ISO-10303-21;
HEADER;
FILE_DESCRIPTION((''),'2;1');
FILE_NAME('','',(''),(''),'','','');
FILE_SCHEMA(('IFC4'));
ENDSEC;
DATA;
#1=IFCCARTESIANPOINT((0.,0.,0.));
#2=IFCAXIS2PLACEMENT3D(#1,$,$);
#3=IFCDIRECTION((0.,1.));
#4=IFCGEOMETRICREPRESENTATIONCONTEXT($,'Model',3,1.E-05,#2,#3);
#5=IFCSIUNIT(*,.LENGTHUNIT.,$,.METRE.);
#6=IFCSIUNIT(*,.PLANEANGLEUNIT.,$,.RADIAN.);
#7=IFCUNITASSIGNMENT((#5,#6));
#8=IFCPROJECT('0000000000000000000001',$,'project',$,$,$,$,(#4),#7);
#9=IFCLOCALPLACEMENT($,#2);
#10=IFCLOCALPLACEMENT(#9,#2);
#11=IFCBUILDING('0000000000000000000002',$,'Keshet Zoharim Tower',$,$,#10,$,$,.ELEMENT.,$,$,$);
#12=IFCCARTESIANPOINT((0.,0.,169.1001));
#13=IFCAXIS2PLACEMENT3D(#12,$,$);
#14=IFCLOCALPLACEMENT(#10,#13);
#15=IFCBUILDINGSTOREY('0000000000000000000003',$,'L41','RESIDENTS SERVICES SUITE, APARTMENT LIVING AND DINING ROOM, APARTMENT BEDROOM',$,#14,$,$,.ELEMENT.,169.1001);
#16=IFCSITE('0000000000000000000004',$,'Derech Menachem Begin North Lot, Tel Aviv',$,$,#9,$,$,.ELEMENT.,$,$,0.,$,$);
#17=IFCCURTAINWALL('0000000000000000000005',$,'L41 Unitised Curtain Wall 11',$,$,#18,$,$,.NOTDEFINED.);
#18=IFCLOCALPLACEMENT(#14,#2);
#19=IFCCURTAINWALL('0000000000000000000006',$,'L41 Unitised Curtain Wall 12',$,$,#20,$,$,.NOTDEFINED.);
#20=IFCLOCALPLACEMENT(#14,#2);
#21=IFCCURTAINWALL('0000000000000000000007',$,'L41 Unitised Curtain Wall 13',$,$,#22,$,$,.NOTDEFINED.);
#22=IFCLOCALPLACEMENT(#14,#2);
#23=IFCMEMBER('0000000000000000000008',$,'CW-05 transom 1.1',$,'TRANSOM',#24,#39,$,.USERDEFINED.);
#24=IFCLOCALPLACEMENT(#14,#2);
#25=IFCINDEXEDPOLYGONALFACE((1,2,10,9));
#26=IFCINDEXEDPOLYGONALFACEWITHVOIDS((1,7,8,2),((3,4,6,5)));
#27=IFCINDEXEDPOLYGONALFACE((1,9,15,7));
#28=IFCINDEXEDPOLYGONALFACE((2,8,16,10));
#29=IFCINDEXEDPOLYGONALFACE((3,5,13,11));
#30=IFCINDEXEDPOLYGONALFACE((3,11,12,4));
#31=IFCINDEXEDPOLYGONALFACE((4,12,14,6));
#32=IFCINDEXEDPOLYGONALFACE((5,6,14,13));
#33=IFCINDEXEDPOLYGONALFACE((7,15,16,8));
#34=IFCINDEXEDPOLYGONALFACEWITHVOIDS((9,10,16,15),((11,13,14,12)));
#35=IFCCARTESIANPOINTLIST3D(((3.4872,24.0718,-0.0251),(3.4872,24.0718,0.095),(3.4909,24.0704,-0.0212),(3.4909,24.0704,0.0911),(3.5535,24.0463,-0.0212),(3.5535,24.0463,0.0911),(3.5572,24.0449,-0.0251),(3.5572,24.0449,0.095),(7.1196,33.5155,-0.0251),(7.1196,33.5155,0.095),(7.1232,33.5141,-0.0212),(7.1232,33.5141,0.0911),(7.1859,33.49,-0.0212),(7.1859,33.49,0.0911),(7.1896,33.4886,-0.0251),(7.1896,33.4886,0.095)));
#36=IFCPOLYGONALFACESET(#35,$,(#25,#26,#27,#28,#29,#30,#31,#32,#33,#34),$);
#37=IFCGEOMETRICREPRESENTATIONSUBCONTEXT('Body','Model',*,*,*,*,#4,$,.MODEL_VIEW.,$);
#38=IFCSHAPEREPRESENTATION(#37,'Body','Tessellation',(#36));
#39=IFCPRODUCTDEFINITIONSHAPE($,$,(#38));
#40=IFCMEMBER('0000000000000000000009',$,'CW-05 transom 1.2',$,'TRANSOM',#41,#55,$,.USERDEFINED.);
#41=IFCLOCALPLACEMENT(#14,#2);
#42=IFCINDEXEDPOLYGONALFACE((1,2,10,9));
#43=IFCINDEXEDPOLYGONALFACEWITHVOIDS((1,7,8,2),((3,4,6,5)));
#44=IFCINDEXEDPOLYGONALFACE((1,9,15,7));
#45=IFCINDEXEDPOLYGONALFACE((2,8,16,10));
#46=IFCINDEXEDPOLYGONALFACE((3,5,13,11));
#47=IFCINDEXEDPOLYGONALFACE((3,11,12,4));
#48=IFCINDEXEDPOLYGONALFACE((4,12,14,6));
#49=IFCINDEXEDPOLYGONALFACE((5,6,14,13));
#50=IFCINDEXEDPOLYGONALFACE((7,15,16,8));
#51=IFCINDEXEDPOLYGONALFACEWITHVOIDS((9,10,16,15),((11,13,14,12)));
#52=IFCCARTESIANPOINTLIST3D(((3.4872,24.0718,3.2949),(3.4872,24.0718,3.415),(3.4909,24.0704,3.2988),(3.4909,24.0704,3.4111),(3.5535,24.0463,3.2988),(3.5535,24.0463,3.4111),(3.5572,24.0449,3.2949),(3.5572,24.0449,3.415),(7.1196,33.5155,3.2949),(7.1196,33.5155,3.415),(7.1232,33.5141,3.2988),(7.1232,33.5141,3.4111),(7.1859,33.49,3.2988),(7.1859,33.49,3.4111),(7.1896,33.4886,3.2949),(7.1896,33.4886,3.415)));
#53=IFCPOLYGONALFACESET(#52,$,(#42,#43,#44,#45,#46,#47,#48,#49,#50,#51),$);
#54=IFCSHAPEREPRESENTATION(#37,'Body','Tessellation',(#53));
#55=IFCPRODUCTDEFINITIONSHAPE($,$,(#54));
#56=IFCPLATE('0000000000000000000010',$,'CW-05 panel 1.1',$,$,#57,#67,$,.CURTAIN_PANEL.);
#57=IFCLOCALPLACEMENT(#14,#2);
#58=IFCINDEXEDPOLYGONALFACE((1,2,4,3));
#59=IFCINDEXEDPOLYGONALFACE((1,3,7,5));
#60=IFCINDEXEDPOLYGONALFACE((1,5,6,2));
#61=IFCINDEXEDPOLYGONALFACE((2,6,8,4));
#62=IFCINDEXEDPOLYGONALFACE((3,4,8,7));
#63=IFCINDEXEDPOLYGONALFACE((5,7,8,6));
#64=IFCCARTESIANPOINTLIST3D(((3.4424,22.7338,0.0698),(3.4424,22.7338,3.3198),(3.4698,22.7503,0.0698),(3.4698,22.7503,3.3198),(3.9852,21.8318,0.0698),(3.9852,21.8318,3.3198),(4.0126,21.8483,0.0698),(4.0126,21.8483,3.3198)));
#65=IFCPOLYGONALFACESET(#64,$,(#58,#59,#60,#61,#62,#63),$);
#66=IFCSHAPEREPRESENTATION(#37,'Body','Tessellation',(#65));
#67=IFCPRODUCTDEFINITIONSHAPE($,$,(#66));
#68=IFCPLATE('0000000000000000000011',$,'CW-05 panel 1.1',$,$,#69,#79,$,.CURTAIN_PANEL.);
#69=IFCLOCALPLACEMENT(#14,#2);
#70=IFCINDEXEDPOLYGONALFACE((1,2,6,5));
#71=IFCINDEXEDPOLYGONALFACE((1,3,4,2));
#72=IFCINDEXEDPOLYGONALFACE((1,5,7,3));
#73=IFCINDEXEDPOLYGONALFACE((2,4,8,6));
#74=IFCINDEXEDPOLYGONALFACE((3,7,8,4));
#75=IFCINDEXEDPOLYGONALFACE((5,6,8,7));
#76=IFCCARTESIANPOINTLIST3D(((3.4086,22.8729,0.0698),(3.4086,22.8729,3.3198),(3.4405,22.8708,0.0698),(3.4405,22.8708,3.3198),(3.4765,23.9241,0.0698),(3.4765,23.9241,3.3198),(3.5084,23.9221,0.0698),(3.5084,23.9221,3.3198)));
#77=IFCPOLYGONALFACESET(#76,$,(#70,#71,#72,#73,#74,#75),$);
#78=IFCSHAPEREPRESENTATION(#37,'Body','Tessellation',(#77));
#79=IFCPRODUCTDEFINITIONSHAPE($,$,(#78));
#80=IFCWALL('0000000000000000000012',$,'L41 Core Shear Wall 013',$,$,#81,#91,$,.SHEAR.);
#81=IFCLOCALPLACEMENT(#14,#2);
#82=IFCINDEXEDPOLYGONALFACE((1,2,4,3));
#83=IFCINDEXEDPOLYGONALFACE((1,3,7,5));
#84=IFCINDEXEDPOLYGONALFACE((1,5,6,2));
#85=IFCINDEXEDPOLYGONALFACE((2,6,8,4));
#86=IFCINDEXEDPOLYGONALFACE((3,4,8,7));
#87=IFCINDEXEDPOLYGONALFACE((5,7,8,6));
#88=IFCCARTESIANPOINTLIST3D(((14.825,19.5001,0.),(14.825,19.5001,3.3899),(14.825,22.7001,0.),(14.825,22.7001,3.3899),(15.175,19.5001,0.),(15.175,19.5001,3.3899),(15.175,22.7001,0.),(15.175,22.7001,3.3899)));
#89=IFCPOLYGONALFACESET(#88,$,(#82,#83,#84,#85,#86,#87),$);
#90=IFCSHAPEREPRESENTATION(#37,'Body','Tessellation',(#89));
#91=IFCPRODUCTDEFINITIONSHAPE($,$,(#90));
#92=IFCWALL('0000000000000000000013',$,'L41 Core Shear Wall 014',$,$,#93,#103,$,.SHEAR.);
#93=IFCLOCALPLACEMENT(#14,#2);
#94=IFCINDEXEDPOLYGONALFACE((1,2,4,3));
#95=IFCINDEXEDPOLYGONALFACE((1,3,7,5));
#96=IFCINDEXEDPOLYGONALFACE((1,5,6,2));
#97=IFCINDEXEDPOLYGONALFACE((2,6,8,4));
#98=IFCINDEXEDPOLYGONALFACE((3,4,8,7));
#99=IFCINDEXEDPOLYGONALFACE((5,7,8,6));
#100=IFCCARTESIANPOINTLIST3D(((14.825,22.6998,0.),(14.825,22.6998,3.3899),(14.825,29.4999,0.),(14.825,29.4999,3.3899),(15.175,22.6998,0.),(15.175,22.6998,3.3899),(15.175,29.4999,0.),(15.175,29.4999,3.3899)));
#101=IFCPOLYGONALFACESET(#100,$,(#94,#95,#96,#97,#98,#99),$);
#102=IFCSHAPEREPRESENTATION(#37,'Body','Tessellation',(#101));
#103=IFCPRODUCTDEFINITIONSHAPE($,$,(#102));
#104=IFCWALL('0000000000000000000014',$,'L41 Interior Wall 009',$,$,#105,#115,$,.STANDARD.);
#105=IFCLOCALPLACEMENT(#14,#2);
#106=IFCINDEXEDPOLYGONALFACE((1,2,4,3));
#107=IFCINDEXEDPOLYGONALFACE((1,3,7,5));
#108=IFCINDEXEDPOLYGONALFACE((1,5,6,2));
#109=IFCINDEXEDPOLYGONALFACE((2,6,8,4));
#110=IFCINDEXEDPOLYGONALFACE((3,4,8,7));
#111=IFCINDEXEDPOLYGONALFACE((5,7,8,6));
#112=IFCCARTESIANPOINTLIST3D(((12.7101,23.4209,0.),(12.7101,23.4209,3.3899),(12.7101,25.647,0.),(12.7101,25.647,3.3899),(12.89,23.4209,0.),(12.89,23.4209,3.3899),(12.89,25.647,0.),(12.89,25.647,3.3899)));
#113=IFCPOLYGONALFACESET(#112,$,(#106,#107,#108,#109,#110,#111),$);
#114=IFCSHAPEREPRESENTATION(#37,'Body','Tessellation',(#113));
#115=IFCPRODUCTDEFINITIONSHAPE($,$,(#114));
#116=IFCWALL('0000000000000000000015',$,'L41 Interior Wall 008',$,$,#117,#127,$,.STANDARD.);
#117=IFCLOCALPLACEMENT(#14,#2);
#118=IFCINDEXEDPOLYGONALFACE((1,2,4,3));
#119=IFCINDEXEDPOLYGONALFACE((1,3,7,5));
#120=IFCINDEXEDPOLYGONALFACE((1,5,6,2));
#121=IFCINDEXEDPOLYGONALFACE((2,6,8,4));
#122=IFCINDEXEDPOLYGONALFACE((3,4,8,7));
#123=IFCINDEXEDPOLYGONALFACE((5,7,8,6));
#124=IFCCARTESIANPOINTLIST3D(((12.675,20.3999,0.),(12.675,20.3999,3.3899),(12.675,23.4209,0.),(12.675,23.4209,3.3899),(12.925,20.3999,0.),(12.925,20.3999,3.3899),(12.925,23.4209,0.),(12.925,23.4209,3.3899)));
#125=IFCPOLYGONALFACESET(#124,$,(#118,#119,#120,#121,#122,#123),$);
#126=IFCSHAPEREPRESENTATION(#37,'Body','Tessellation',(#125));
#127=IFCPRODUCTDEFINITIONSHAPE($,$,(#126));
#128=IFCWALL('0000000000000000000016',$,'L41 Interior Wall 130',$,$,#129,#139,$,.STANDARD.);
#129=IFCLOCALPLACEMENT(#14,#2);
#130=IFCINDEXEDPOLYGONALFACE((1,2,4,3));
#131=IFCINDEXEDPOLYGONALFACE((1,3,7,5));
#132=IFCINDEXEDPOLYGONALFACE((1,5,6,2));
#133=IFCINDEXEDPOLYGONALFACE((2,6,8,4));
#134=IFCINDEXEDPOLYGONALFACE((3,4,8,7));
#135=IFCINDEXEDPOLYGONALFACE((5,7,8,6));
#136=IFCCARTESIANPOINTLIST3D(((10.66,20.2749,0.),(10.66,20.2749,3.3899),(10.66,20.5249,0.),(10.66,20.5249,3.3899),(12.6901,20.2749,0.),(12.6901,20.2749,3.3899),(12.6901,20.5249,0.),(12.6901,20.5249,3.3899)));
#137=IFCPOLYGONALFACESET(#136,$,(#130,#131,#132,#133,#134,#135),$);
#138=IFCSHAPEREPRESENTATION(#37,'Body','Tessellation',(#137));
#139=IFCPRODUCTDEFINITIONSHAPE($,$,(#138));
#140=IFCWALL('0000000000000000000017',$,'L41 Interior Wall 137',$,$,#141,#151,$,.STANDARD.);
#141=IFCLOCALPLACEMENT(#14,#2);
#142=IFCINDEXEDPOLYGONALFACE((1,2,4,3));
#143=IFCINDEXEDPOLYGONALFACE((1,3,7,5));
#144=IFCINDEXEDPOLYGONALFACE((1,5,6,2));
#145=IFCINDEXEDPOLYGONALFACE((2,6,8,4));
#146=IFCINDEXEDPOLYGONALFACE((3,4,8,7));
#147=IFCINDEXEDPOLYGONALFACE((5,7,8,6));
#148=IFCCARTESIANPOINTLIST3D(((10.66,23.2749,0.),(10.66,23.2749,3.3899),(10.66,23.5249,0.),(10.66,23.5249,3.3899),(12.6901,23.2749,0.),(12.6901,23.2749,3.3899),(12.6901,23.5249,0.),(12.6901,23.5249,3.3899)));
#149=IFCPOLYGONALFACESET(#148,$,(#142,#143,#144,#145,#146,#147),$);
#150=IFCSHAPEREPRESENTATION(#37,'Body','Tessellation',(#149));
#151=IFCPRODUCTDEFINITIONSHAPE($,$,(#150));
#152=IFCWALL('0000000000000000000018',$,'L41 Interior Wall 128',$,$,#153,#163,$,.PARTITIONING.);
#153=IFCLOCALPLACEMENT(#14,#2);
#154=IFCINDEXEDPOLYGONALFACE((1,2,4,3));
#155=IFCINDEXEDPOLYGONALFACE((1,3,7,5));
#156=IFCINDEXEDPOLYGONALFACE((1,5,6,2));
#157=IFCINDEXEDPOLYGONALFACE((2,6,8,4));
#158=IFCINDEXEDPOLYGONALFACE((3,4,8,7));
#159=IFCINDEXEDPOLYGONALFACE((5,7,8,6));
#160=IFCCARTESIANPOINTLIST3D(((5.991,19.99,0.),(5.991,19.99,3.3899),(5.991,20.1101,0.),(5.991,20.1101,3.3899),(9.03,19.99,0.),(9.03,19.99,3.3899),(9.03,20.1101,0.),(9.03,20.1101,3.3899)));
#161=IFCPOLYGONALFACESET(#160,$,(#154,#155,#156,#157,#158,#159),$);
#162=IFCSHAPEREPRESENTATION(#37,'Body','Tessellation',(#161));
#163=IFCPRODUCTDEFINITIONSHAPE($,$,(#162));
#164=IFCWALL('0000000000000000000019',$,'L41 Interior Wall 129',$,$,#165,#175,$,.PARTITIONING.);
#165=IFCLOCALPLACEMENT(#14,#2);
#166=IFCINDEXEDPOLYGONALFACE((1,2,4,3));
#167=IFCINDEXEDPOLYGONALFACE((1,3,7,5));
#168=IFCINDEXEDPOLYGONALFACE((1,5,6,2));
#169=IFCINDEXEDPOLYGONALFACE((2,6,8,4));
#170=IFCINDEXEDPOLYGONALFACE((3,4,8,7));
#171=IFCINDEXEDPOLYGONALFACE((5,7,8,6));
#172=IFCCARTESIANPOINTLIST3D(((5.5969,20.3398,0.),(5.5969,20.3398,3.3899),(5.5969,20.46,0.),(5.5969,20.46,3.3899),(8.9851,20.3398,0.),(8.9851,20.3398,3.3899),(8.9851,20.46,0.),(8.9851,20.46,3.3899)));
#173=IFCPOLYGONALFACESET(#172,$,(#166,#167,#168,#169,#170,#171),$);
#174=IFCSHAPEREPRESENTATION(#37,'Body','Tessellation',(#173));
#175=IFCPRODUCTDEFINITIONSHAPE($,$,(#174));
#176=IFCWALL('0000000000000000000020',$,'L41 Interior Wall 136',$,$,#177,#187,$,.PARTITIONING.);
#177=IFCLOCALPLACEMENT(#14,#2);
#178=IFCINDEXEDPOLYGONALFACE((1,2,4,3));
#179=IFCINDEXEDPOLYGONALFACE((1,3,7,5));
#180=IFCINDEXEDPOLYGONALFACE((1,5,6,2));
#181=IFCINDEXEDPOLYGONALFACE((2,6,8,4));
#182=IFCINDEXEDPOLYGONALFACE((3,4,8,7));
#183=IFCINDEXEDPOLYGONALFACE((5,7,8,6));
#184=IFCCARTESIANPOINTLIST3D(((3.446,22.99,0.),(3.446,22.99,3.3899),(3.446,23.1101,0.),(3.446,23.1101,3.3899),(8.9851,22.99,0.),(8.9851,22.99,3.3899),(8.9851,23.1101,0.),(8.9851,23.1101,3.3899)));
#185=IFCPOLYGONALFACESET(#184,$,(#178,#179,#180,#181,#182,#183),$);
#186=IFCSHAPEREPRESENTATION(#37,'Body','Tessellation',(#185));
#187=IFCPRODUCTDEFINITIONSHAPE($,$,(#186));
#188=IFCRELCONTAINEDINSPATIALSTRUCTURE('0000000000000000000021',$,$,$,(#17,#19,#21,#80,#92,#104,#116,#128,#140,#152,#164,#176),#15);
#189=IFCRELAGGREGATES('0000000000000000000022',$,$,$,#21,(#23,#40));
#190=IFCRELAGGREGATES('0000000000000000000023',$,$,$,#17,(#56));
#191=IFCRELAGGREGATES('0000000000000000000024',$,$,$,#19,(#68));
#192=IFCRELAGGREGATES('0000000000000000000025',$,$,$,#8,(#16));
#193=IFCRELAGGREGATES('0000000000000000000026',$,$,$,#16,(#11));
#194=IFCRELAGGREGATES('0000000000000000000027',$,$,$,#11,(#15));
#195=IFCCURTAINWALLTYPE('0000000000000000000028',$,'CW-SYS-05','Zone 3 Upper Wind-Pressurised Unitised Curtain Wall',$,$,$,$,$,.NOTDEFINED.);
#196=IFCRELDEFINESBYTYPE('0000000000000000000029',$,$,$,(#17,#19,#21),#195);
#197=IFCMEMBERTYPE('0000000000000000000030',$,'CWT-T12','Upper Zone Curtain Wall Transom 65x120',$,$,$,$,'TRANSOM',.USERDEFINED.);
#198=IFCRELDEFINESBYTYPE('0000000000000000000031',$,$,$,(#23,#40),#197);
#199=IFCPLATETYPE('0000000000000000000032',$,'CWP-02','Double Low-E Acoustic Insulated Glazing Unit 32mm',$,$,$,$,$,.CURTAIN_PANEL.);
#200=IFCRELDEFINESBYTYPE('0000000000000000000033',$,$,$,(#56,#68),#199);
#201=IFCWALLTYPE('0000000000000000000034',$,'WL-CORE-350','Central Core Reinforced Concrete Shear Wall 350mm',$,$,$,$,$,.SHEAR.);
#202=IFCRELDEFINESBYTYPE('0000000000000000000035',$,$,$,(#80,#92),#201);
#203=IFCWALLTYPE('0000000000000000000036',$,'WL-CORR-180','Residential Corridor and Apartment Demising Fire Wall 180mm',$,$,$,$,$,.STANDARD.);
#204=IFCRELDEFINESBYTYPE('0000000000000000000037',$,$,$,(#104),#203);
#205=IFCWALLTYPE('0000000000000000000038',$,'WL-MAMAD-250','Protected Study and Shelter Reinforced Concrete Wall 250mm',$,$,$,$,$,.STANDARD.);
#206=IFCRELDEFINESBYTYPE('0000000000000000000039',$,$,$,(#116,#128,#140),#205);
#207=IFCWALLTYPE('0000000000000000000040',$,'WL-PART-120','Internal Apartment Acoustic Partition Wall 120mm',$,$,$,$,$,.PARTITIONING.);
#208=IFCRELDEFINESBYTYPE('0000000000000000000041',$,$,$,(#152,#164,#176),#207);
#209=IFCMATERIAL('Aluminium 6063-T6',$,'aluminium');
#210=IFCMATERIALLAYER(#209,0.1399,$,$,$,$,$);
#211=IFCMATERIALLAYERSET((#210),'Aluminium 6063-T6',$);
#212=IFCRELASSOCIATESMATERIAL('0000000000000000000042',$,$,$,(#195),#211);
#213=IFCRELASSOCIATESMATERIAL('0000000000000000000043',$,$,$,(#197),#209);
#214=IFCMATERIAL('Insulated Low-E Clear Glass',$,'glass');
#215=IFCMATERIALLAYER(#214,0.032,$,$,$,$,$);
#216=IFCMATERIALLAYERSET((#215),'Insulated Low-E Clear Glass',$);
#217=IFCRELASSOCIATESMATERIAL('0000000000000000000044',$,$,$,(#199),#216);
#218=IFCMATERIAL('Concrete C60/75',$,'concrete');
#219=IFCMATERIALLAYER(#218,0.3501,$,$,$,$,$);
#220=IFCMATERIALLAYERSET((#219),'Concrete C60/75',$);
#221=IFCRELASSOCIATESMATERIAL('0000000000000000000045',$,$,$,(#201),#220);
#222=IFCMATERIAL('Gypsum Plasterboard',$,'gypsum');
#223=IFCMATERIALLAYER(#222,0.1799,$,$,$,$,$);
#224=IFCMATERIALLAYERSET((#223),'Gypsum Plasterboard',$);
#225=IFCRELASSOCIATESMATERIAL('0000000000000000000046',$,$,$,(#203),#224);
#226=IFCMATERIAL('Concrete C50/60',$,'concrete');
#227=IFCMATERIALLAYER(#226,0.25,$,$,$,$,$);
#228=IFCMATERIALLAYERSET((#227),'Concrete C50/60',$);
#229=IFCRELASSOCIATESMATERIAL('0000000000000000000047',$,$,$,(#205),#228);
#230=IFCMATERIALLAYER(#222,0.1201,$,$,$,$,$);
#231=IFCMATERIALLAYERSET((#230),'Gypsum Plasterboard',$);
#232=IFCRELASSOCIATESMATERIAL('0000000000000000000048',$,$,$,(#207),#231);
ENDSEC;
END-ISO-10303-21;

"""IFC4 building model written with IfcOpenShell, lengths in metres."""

from ifc_helpers import new_model, si_unit, direction, frame, frame_2d, origin, origin_2d, place, context, subcontext, project, spatial, rectangle, hollow_rectangle, extrude, material, layer, layer_set, material_profile, profile_set, type_object, element, aggregate, save


model = new_model("IFC4")

# Units and contexts
model_context = context("Model", 3, precision=1e-05, world=origin(), true_north=direction((0.0, 1.0)))
body_context = subcontext(model_context, "Body", "Model", "MODEL_VIEW")
ifc_project = project(units=[si_unit("LENGTHUNIT", "METRE"), si_unit("PLANEANGLEUNIT", "RADIAN")], contexts=[model_context])

# Site, building, storey
site_placement = place(None, origin())
site = spatial("IfcSite", under=ifc_project, at=site_placement, Name="Derech Menachem Begin North Lot, Tel Aviv", CompositionType="ELEMENT", RefElevation=0.0)
building_placement = place(site_placement, origin())
building = spatial("IfcBuilding", under=site, at=building_placement, Name="Keshet Zoharim Tower", CompositionType="ELEMENT")
storey_placement = place(building_placement, frame((0.0, 0.0, 169.1001)))
storey = spatial("IfcBuildingStorey", under=building, at=storey_placement, Name="L41", Description="RESIDENTS SERVICES SUITE, APARTMENT LIVING AND DINING ROOM, APARTMENT BEDROOM", CompositionType="ELEMENT", Elevation=169.1001)

# Shared definitions
ifc_material_1 = material(Name="Concrete C60/75", Category="concrete")

# Shared definitions
ifc_material_2 = material(Name="Aluminium 6063-T6", Category="aluminium")
ifc_layer_1 = layer(ifc_material_2, 0.1399)
ifc_layer_set_1 = layer_set([ifc_layer_1], Name="Aluminium 6063-T6")
curtain_wall_type = type_object("IfcCurtainWallType", Name="CW-SYS-05", Description="Zone 3 Upper Wind-Pressurised Unitised Curtain Wall", PredefinedType="NOTDEFINED", material=ifc_layer_set_1)

# Curtain walls
curtain_wall_1_placement = place(storey_placement, origin())
curtain_wall_1 = element("IfcCurtainWall", 1, at=curtain_wall_1_placement, inside=storey, type_object=curtain_wall_type, Name="L41 Unitised Curtain Wall 11", PredefinedType="NOTDEFINED")
curtain_wall_2_placement = place(storey_placement, origin())
curtain_wall_2 = element("IfcCurtainWall", 2, at=curtain_wall_2_placement, inside=storey, type_object=curtain_wall_type, Name="L41 Unitised Curtain Wall 12", PredefinedType="NOTDEFINED")

# Curtain wall
curtain_wall_3_placement = place(storey_placement, origin())
curtain_wall_3 = element("IfcCurtainWall", 3, at=curtain_wall_3_placement, inside=storey, type_object=curtain_wall_type, Name="L41 Unitised Curtain Wall 13", PredefinedType="NOTDEFINED")

# Members
ifc_material_profile_1 = material_profile(ifc_material_2, hollow_rectangle(XDim=0.075, YDim=0.1201, WallThickness=0.0039, at=origin_2d()), Name="TRN-75x120")
ifc_profile_set_1 = profile_set([ifc_material_profile_1], Name="Aluminium 6063-T6")
member_type_1 = type_object("IfcMemberType", Name="CWT-T12", Description="Upper Zone Curtain Wall Transom 65x120", ElementType="TRANSOM", PredefinedType="USERDEFINED", material=ifc_profile_set_1)
member_1_placement = place(storey_placement, frame((3.5222, 24.0583, 0.0349), z_axis=(0.358994, 0.93334, 0.0), x_axis=(-0.93334, 0.358994, 0.0)))
member_1 = element("IfcMember", 4, at=member_1_placement, type_object=member_type_1, Name="CW-05 transom 1.1", ObjectType="TRANSOM", PredefinedType="USERDEFINED", context=body_context, shape_type="SweptSolid", body=[
    extrude(hollow_rectangle(XDim=0.075, YDim=0.1201, WallThickness=0.0039, at=origin_2d()), origin(), (0.0, 0.0, 1.0), 10.1182),
])
member_2_placement = place(storey_placement, frame((3.5222, 24.0583, 3.355), z_axis=(0.358994, 0.93334, 0.0), x_axis=(-0.93334, 0.358994, 0.0)))
member_2 = element("IfcMember", 5, at=member_2_placement, type_object=member_type_1, Name="CW-05 transom 1.2", ObjectType="TRANSOM", PredefinedType="USERDEFINED", context=body_context, shape_type="SweptSolid", body=[
    extrude(hollow_rectangle(XDim=0.075, YDim=0.1201, WallThickness=0.0039, at=origin_2d()), origin(), (0.0, 0.0, 1.0), 10.1182),
])
aggregate(curtain_wall_3, [member_1, member_2])

# Plates
ifc_material_3 = material(Name="Insulated Low-E Clear Glass", Category="glass")
ifc_layer_2 = layer(ifc_material_3, 0.032)
ifc_layer_set_2 = layer_set([ifc_layer_2], Name="Insulated Low-E Clear Glass")
plate_type = type_object("IfcPlateType", Name="CWP-02", Description="Double Low-E Acoustic Insulated Glazing Unit 32mm", PredefinedType="CURTAIN_PANEL", material=ifc_layer_set_2)
plate_1_placement = place(storey_placement, frame((3.7275, 22.291, 0.0698), z_axis=(0.0, 0.0, 1.0), x_axis=(-0.515605, 0.856826, 0.0)))
plate_1 = element("IfcPlate", 6, at=plate_1_placement, type_object=plate_type, Name="CW-05 panel 1.1", PredefinedType="CURTAIN_PANEL", context=body_context, shape_type="SweptSolid", body=[
    extrude(rectangle(XDim=1.0527, YDim=0.032, at=origin_2d()), origin(), (0.0, 0.0, 1.0), 3.25),
])
aggregate(curtain_wall_1, [plate_1])
plate_2_placement = place(storey_placement, frame((3.4585, 23.3975, 0.0698), z_axis=(0.0, 0.0, 1.0), x_axis=(0.064517, 0.997917, 0.0)))
plate_2 = element("IfcPlate", 7, at=plate_2_placement, type_object=plate_type, Name="CW-05 panel 1.1", PredefinedType="CURTAIN_PANEL", context=body_context, shape_type="SweptSolid", body=[
    extrude(rectangle(XDim=1.0535, YDim=0.032, at=origin_2d()), origin(), (0.0, 0.0, 1.0), 3.25),
])
aggregate(curtain_wall_2, [plate_2])

# Walls
ifc_layer_3 = layer(ifc_material_1, 0.3501)
ifc_layer_set_3 = layer_set([ifc_layer_3], Name="Concrete C60/75")
wall_type_1 = type_object("IfcWallType", Name="WL-CORE-350", Description="Central Core Reinforced Concrete Shear Wall 350mm", PredefinedType="SHEAR", material=ifc_layer_set_3)
wall_1_placement = place(storey_placement, frame((15.0, 19.5, 0.0), z_axis=(0.0, 0.0, 1.0), x_axis=(0.0, 1.0, 0.0)))
element("IfcWall", 8, at=wall_1_placement, inside=storey, type_object=wall_type_1, Name="L41 Core Shear Wall 013", PredefinedType="SHEAR", context=body_context, shape_type="SweptSolid", body=[
    extrude(rectangle(XDim=3.2, YDim=0.3501, at=frame_2d((1.6001, 0.0))), origin(), (0.0, 0.0, 1.0), 3.3899),
])
wall_2_placement = place(storey_placement, frame((15.0, 22.7, 0.0), z_axis=(0.0, 0.0, 1.0), x_axis=(0.0, 1.0, 0.0)))
element("IfcWall", 9, at=wall_2_placement, inside=storey, type_object=wall_type_1, Name="L41 Core Shear Wall 014", PredefinedType="SHEAR", context=body_context, shape_type="SweptSolid", body=[
    extrude(rectangle(XDim=6.8, YDim=0.3501, at=frame_2d((3.3999, 0.0))), origin(), (0.0, 0.0, 1.0), 3.3899),
])
ifc_material_4 = material(Name="Gypsum Plasterboard", Category="gypsum")
ifc_layer_4 = layer(ifc_material_4, 0.1799)
ifc_layer_set_4 = layer_set([ifc_layer_4], Name="Gypsum Plasterboard")
wall_type_2 = type_object("IfcWallType", Name="WL-CORR-180", Description="Residential Corridor and Apartment Demising Fire Wall 180mm", PredefinedType="STANDARD", material=ifc_layer_set_4)
wall_3_placement = place(storey_placement, frame((12.8, 23.4209, 0.0), z_axis=(0.0, 0.0, 1.0), x_axis=(0.0, 1.0, 0.0)))
element("IfcWall", 10, at=wall_3_placement, inside=storey, type_object=wall_type_2, Name="L41 Interior Wall 009", PredefinedType="STANDARD", context=body_context, shape_type="SweptSolid", body=[
    extrude(rectangle(XDim=2.2261, YDim=0.1799, at=frame_2d((1.113, 0.0))), origin(), (0.0, 0.0, 1.0), 3.3899),
])

# Shared definitions
ifc_material_5 = material(Name="Concrete C50/60", Category="concrete")
ifc_layer_5 = layer(ifc_material_5, 0.25)
ifc_layer_set_5 = layer_set([ifc_layer_5], Name="Concrete C50/60")
wall_type_3 = type_object("IfcWallType", Name="WL-MAMAD-250", Description="Protected Study and Shelter Reinforced Concrete Wall 250mm", PredefinedType="STANDARD", material=ifc_layer_set_5)

# Walls
wall_4_placement = place(storey_placement, frame((12.8, 20.3999, 0.0), z_axis=(0.0, 0.0, 1.0), x_axis=(0.0, 1.0, 0.0)))
element("IfcWall", 11, at=wall_4_placement, inside=storey, type_object=wall_type_3, Name="L41 Interior Wall 008", PredefinedType="STANDARD", context=body_context, shape_type="SweptSolid", body=[
    extrude(rectangle(XDim=3.021, YDim=0.25, at=frame_2d((1.5105, 0.0))), origin(), (0.0, 0.0, 1.0), 3.3899),
])
for number, where, z_axis, x_axis, name in (
    (12, (10.6599, 20.3999, 0.0), (0.0, 0.0, 1.0), (1.0, 0.0, 0.0), "L41 Interior Wall 130"),
    (13, (10.6599, 23.3999, 0.0), (0.0, 0.0, 1.0), (1.0, 0.0, 0.0), "L41 Interior Wall 137"),
):
    element("IfcWall", number, at=place(storey_placement, frame(where, z_axis=z_axis, x_axis=x_axis)), inside=storey, type_object=wall_type_3, Name=name, PredefinedType="STANDARD", context=body_context, shape_type="SweptSolid", body=[
        extrude(rectangle(XDim=2.03, YDim=0.25, at=frame_2d((1.0151, 0.0))), origin(), (0.0, 0.0, 1.0), 3.3899),
    ])

# Shared definitions
ifc_layer_6 = layer(ifc_material_4, 0.1201)
ifc_layer_set_6 = layer_set([ifc_layer_6], Name="Gypsum Plasterboard")
wall_type_4 = type_object("IfcWallType", Name="WL-PART-120", Description="Internal Apartment Acoustic Partition Wall 120mm", PredefinedType="PARTITIONING", material=ifc_layer_set_6)

# Walls
wall_5_placement = place(storey_placement, frame((5.991, 20.05, 0.0), z_axis=(0.0, 0.0, 1.0), x_axis=(1.0, 0.0, 0.0)))
element("IfcWall", 14, at=wall_5_placement, inside=storey, type_object=wall_type_4, Name="L41 Interior Wall 128", PredefinedType="PARTITIONING", context=body_context, shape_type="SweptSolid", body=[
    extrude(rectangle(XDim=3.0391, YDim=0.1201, at=frame_2d((1.5195, 0.0))), origin(), (0.0, 0.0, 1.0), 3.3899),
])
wall_6_placement = place(storey_placement, frame((5.5969, 20.3999, 0.0), z_axis=(0.0, 0.0, 1.0), x_axis=(1.0, 0.0, 0.0)))
element("IfcWall", 15, at=wall_6_placement, inside=storey, type_object=wall_type_4, Name="L41 Interior Wall 129", PredefinedType="PARTITIONING", context=body_context, shape_type="SweptSolid", body=[
    extrude(rectangle(XDim=3.3882, YDim=0.1201, at=frame_2d((1.6941, 0.0))), origin(), (0.0, 0.0, 1.0), 3.3899),
])
wall_7_placement = place(storey_placement, frame((3.446, 23.05, 0.0), z_axis=(0.0, 0.0, 1.0), x_axis=(1.0, 0.0, 0.0)))
element("IfcWall", 16, at=wall_7_placement, inside=storey, type_object=wall_type_4, Name="L41 Interior Wall 136", PredefinedType="PARTITIONING", context=body_context, shape_type="SweptSolid", body=[
    extrude(rectangle(XDim=5.5391, YDim=0.1201, at=frame_2d((2.7695, 0.0))), origin(), (0.0, 0.0, 1.0), 3.3899),
])

save(model, "model.ifc")
